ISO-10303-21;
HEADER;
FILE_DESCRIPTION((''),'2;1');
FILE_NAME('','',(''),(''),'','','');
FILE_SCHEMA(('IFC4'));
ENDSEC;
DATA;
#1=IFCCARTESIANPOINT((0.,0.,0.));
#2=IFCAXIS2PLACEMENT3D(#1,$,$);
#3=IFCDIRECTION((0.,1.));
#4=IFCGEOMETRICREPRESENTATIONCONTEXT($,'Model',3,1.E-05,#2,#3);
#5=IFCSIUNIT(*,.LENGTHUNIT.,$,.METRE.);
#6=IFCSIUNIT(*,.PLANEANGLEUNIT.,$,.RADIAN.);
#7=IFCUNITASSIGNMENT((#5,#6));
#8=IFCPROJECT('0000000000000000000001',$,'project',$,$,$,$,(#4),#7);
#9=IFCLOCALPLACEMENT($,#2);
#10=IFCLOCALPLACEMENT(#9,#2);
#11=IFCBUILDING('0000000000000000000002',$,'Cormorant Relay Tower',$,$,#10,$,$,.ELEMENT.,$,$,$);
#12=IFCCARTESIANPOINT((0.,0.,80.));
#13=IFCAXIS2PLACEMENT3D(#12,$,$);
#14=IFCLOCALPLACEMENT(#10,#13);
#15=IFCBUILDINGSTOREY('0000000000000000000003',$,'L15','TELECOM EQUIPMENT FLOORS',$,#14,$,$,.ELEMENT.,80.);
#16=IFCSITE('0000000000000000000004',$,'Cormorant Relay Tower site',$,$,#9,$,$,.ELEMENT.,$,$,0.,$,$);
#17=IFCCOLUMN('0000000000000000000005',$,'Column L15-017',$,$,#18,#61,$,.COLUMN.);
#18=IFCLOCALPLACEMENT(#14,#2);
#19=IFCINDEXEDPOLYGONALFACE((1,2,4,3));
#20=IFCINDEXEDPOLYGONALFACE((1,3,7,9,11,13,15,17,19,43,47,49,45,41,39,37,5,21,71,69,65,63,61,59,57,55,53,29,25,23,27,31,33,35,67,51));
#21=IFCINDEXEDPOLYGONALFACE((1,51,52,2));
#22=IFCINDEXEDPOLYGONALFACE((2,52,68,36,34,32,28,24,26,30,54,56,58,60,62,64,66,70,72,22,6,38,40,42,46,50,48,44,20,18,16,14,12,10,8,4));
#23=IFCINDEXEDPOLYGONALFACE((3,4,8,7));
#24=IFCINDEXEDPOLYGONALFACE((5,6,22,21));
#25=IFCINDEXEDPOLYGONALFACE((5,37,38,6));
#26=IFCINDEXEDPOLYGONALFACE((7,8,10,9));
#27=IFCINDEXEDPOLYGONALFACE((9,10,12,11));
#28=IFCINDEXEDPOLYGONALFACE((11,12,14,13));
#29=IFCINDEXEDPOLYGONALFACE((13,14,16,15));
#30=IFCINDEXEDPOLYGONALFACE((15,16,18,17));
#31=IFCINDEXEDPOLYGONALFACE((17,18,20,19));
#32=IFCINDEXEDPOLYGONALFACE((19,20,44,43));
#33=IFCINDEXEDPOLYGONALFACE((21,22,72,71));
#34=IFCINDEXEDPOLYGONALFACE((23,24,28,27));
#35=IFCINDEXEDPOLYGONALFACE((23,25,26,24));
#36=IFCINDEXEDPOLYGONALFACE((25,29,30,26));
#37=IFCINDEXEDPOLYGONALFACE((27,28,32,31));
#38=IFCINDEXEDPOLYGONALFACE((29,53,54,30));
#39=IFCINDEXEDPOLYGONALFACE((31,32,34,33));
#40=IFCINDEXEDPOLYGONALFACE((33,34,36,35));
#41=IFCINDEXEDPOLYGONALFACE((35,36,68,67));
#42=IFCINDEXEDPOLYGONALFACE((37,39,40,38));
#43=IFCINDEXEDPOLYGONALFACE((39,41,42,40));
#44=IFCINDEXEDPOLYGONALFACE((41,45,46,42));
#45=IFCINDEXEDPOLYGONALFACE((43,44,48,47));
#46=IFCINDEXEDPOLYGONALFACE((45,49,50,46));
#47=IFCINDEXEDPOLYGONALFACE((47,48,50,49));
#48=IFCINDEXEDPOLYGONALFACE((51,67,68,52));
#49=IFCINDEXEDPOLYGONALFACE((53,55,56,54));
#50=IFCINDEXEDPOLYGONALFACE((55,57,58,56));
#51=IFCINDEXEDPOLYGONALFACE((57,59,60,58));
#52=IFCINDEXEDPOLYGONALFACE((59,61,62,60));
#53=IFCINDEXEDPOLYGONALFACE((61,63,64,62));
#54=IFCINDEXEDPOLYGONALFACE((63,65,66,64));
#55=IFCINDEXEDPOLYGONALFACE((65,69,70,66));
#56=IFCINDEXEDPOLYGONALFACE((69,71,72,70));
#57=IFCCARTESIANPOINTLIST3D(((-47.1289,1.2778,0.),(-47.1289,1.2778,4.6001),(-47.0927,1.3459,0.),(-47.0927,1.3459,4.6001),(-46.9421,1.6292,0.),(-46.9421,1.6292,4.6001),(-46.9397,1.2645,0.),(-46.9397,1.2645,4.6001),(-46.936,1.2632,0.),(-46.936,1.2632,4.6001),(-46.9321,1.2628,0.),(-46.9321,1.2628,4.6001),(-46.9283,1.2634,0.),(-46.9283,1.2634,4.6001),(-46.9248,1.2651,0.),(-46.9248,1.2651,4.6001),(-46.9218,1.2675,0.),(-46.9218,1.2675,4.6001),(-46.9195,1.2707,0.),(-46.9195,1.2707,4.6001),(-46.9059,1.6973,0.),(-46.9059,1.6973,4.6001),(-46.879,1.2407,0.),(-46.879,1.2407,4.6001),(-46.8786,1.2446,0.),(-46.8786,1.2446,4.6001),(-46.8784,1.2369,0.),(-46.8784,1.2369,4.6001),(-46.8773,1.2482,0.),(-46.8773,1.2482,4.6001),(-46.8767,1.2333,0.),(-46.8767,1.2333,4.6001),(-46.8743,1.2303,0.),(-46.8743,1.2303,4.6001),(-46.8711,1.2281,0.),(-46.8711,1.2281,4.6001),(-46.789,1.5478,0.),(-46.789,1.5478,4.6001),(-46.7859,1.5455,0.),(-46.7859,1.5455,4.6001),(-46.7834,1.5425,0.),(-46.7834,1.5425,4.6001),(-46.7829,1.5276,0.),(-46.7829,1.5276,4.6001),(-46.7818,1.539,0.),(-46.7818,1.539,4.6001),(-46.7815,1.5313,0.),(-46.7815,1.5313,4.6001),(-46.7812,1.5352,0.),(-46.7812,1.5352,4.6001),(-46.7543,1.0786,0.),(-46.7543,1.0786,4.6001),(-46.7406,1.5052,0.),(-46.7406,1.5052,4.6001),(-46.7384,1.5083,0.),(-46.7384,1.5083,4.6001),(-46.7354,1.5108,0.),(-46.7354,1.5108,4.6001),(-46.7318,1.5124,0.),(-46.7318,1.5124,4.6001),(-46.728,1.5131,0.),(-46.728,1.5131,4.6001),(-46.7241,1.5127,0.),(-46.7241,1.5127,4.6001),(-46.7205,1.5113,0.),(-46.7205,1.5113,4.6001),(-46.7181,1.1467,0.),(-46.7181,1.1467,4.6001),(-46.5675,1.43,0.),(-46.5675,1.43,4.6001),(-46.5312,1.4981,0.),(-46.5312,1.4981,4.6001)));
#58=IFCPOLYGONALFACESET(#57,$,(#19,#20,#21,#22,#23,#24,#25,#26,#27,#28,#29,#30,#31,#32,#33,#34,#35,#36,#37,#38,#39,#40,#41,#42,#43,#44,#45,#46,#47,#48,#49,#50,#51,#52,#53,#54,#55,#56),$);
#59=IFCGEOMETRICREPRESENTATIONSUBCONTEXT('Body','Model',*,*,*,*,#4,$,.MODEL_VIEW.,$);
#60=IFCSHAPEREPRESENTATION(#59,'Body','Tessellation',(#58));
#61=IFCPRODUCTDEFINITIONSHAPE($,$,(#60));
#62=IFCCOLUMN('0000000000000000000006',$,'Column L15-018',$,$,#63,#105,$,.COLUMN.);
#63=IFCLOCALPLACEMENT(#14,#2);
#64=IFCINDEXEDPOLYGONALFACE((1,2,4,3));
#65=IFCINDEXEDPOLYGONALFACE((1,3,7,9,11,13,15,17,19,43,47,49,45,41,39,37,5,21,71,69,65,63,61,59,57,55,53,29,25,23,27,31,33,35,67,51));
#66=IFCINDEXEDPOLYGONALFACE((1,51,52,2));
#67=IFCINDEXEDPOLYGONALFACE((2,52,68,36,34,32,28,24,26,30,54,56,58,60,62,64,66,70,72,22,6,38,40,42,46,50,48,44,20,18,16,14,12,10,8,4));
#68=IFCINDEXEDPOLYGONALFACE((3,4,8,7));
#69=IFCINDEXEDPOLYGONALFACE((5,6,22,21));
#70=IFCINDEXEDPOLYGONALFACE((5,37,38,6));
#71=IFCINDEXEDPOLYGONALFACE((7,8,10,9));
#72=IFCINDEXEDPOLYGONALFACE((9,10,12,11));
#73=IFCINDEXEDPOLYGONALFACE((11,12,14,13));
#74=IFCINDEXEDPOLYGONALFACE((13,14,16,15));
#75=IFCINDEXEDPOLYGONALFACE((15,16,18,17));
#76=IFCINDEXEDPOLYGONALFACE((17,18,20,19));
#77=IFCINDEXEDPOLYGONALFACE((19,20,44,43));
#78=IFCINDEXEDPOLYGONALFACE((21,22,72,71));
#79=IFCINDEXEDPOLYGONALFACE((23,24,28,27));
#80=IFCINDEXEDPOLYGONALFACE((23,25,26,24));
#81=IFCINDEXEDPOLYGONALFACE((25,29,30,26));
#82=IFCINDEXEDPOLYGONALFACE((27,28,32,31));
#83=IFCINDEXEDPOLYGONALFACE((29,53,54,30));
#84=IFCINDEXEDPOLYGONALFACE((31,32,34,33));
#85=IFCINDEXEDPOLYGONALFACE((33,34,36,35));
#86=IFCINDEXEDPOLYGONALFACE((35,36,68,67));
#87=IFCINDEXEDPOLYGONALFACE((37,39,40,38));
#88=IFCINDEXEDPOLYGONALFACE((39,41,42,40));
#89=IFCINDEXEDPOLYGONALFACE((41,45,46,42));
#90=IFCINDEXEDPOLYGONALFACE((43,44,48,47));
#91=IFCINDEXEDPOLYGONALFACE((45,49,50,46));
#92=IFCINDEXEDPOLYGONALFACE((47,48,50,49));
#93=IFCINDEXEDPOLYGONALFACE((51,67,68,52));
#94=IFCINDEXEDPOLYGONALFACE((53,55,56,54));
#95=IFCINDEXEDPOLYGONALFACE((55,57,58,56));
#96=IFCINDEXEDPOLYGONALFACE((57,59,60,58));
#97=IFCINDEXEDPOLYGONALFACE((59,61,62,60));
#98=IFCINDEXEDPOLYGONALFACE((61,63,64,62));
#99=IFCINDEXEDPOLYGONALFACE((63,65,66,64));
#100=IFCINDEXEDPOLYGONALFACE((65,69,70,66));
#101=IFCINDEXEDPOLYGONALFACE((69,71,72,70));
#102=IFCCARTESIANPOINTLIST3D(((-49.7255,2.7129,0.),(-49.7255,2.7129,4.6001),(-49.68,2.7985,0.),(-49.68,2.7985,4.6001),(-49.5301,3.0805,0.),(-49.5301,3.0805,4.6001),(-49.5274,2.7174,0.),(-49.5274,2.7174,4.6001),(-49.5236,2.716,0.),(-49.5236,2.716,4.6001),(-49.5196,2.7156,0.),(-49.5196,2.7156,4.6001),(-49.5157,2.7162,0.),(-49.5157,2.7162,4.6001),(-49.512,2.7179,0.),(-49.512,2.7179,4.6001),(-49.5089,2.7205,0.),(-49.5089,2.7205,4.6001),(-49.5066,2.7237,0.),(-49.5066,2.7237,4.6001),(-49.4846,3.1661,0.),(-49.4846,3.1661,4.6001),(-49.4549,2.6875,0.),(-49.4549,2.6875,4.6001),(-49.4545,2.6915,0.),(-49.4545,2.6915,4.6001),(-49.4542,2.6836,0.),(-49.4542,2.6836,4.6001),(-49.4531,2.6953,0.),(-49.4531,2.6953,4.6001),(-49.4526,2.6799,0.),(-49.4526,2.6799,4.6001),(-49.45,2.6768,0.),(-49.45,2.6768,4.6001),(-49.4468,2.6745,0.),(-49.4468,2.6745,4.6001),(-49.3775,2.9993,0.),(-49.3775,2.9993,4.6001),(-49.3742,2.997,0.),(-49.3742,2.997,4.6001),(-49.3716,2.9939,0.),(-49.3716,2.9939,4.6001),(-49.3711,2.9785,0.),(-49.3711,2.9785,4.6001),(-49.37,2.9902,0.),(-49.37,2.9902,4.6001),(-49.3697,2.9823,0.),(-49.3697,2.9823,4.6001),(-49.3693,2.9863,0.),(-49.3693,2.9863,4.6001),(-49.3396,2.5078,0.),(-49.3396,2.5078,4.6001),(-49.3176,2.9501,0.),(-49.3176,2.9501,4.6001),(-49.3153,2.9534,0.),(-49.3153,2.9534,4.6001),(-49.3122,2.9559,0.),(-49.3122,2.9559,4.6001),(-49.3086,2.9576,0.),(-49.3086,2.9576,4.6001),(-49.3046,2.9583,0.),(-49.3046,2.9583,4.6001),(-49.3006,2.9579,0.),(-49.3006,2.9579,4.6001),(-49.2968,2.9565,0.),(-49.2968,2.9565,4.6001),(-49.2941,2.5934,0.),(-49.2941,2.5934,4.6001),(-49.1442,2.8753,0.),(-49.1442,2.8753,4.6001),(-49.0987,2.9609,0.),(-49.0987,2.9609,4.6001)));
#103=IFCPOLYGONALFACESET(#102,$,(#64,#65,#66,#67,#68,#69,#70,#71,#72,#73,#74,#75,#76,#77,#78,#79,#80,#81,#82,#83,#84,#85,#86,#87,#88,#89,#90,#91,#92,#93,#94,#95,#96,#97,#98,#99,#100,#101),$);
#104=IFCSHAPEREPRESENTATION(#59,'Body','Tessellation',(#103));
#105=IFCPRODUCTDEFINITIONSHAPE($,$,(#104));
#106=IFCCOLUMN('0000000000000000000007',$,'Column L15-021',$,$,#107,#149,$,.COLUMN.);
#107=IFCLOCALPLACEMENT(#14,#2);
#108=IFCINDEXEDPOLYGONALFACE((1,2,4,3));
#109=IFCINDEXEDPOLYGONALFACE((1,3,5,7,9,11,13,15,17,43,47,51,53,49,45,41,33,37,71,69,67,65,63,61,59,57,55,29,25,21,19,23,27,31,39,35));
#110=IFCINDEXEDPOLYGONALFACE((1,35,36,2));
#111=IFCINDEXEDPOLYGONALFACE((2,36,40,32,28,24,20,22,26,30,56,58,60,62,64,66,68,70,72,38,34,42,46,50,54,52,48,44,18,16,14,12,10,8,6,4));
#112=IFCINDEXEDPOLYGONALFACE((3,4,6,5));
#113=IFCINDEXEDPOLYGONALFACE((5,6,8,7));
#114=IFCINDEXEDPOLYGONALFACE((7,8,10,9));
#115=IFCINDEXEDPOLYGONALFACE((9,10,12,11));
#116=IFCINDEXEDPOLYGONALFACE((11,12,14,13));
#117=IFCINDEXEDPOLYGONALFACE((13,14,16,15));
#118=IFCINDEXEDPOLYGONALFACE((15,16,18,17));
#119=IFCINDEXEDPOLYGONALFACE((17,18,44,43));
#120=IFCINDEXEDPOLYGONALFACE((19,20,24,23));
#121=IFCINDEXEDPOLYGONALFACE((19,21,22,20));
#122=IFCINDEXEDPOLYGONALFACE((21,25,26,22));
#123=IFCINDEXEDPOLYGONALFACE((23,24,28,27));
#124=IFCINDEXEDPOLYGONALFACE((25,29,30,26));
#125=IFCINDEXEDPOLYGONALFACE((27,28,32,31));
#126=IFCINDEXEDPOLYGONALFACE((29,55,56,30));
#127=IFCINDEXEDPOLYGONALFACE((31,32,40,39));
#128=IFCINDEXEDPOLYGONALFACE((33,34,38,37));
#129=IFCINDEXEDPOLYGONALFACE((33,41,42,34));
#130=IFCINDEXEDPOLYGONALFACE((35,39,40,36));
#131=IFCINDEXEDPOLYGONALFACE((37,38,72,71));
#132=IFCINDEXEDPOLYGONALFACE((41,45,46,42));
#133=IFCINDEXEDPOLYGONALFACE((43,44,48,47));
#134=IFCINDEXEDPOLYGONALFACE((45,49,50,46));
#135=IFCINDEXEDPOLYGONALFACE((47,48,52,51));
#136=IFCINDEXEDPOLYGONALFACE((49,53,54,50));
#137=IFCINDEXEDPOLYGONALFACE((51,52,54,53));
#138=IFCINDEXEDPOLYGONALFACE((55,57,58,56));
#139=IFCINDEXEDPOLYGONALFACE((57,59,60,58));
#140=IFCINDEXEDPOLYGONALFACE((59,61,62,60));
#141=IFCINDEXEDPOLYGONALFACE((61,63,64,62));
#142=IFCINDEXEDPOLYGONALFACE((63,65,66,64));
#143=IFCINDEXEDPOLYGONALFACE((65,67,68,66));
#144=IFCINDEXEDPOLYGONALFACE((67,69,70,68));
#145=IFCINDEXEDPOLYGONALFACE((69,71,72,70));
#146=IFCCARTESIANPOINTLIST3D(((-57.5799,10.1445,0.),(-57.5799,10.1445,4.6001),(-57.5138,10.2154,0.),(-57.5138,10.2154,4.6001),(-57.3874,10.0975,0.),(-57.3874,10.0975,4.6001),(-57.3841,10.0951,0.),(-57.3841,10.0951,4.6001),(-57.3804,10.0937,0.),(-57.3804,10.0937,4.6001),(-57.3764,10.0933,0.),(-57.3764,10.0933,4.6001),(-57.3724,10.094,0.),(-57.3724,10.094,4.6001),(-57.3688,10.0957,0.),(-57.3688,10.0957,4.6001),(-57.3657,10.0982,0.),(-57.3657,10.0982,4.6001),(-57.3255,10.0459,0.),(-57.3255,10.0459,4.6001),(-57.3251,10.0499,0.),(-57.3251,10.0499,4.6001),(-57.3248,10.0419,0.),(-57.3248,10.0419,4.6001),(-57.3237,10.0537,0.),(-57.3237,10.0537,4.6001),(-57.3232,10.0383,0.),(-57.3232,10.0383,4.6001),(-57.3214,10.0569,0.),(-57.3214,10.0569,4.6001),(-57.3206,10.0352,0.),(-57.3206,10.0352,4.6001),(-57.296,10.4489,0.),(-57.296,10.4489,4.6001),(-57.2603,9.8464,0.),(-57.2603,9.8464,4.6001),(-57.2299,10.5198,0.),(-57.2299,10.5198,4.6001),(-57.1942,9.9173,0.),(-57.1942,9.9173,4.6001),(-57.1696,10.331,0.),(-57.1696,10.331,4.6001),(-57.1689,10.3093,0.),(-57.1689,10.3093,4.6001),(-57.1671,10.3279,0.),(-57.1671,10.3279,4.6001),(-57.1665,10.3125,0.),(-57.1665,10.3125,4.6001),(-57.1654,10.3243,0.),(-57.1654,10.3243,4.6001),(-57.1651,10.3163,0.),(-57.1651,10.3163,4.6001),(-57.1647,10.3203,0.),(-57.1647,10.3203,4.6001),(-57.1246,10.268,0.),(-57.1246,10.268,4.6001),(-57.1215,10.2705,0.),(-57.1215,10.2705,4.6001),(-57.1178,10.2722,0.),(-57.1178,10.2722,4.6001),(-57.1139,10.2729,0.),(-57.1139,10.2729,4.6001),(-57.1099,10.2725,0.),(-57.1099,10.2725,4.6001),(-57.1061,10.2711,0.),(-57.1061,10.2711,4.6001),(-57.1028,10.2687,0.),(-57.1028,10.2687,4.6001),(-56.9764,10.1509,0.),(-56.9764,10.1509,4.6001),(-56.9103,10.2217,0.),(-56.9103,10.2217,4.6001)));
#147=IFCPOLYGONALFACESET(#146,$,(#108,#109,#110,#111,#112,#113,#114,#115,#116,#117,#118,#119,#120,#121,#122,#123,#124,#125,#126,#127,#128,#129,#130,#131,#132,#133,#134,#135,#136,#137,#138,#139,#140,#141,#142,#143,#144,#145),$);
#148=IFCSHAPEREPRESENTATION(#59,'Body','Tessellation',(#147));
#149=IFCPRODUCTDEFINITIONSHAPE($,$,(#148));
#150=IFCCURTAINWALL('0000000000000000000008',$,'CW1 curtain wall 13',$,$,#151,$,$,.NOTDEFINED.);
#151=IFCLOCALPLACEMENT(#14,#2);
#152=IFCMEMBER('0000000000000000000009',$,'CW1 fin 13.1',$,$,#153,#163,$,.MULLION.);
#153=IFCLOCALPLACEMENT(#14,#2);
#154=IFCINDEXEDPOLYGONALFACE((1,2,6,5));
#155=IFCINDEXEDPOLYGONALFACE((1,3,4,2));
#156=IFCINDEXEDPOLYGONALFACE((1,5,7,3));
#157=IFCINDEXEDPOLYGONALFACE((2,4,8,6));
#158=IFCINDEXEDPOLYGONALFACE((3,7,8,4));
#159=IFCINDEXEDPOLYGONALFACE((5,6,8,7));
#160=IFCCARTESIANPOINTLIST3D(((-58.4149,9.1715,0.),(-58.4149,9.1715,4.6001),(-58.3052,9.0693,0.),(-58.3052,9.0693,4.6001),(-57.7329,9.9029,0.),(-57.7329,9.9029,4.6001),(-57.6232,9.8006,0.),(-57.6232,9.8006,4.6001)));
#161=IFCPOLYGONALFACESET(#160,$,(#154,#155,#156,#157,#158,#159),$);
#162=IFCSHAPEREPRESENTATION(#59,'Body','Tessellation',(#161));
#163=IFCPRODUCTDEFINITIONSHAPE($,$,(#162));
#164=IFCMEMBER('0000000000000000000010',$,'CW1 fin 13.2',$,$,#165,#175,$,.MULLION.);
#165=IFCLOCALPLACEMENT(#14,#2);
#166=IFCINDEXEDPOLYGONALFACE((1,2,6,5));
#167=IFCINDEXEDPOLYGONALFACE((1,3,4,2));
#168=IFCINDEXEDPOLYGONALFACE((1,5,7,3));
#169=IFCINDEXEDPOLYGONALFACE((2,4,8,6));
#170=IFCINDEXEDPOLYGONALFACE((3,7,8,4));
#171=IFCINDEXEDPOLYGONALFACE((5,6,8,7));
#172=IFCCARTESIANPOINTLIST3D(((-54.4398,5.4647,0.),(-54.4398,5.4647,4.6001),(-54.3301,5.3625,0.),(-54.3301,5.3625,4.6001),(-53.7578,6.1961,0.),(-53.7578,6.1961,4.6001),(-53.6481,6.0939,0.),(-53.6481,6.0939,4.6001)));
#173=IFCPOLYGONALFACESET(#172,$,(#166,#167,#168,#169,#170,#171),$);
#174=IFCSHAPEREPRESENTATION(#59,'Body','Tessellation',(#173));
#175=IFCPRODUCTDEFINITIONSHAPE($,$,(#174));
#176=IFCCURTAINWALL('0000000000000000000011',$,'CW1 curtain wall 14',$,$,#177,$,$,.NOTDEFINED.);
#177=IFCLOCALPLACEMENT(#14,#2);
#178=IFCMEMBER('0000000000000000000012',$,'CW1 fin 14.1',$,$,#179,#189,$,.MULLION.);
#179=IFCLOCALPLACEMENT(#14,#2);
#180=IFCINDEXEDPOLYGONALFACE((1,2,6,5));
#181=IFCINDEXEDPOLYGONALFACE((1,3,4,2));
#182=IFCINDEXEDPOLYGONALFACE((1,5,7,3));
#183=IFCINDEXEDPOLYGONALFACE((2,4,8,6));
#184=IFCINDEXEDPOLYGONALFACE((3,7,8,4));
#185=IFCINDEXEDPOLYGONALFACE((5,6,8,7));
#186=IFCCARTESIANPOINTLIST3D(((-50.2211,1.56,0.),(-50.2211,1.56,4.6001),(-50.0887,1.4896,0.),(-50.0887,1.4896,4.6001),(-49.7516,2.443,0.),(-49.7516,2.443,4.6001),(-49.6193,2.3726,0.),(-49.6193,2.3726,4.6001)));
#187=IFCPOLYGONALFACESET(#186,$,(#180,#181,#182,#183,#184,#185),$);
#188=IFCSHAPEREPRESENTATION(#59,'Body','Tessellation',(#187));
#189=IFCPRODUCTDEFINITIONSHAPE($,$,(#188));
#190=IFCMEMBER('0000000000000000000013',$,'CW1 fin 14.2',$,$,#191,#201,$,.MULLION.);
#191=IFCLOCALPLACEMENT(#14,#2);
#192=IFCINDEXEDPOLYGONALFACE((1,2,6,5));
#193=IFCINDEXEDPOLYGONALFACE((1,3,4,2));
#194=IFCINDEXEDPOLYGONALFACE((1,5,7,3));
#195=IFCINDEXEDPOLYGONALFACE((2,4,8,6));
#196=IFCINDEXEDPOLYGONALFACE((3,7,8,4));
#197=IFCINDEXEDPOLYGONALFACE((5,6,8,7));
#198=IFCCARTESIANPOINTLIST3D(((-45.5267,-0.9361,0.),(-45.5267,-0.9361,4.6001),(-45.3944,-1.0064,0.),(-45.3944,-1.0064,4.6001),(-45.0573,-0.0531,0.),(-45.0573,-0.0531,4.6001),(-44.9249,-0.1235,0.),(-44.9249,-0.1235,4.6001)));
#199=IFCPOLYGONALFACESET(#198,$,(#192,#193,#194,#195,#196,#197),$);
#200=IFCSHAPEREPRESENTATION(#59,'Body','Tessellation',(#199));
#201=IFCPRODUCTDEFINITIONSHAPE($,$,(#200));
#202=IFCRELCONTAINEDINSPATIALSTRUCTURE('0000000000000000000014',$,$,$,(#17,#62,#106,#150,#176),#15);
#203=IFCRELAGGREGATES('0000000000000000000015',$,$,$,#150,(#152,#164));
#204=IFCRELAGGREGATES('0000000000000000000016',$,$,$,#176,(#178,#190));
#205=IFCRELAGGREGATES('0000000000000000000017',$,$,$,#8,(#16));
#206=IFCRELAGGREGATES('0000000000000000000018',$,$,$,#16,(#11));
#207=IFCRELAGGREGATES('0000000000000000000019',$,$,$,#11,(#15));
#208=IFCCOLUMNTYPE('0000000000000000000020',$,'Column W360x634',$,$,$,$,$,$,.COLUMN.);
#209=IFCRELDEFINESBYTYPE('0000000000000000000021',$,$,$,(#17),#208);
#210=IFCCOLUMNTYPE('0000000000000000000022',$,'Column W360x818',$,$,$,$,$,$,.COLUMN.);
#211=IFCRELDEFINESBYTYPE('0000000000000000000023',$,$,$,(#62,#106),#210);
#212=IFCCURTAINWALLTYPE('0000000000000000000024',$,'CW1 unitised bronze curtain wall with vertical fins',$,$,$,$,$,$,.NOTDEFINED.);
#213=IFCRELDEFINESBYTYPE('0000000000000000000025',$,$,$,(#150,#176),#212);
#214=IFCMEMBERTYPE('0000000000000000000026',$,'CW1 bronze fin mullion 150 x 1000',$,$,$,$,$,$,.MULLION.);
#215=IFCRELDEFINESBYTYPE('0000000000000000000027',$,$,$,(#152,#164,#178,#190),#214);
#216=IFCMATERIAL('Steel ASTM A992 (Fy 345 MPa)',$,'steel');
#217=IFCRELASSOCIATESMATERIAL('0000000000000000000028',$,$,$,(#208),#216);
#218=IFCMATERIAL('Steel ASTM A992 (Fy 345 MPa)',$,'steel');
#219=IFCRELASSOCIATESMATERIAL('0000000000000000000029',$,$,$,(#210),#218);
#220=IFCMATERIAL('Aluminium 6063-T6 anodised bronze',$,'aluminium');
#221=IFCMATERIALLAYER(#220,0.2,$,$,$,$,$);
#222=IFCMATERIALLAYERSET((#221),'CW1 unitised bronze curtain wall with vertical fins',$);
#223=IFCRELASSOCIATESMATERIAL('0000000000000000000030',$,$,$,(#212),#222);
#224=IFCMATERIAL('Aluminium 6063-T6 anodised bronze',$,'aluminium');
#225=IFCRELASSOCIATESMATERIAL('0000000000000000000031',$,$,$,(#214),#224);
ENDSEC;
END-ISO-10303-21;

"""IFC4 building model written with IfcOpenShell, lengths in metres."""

from ifc_helpers import new_model, si_unit, direction, frame, origin, origin_2d, place, context, subcontext, project, spatial, rectangle, i_section, extrude, material, layer, layer_set, material_profile, profile_set, type_object, element, aggregate, save


model = new_model("IFC4")

# Units and contexts
model_context = context("Model", 3, precision=1e-05, world=origin(), true_north=direction((0.0, 1.0)))
body_context = subcontext(model_context, "Body", "Model", "MODEL_VIEW")
ifc_project = project(units=[si_unit("LENGTHUNIT", "METRE"), si_unit("PLANEANGLEUNIT", "RADIAN")], contexts=[model_context])

# Site, building, storey
site_placement = place(None, origin())
site = spatial("IfcSite", under=ifc_project, at=site_placement, Name="Cormorant Relay Tower site", CompositionType="ELEMENT", RefElevation=0.0)
building_placement = place(site_placement, origin())
building = spatial("IfcBuilding", under=site, at=building_placement, Name="Cormorant Relay Tower", CompositionType="ELEMENT")
storey_placement = place(building_placement, frame((0.0, 0.0, 80.0)))
storey = spatial("IfcBuildingStorey", under=building, at=storey_placement, Name="L15", Description="TELECOM EQUIPMENT FLOORS", CompositionType="ELEMENT", Elevation=80.0)

# Columns
ifc_material_1 = material(Name="Steel ASTM A992 (Fy 345 MPa)", Category="steel")
ifc_material_profile_1 = material_profile(ifc_material_1, i_section(OverallWidth=0.4243, OverallDepth=0.4751, WebThickness=0.0479, FlangeThickness=0.0771, FilletRadius=0.0149, at=origin_2d()), Name="W360x634")
ifc_profile_set_1 = profile_set([ifc_material_profile_1], Name="Steel ASTM A992 (Fy 345 MPa)")
column_type_1 = type_object("IfcColumnType", Name="Column W360x634", PredefinedType="COLUMN", material=ifc_profile_set_1)
column_placement = place(storey_placement, frame((-46.8301, 1.3879, 0.0), z_axis=(0.0, 0.0, 1.0), x_axis=(0.882948, -0.469472, 0.0)))
element("IfcColumn", 1, at=column_placement, inside=storey, type_object=column_type_1, Name="Column L15-017", PredefinedType="COLUMN", context=body_context, shape_type="SweptSolid", body=[
    extrude(i_section(OverallWidth=0.4243, OverallDepth=0.4751, WebThickness=0.0479, FlangeThickness=0.0771, FilletRadius=0.0149, at=origin_2d()), origin(), (0.0, 0.0, 1.0), 4.6001),
])
ifc_material_2 = material(Name="Steel ASTM A992 (Fy 345 MPa)", Category="steel")
ifc_material_profile_2 = material_profile(ifc_material_2, i_section(OverallWidth=0.437, OverallDepth=0.5132, WebThickness=0.0605, FlangeThickness=0.0969, FilletRadius=0.0154, at=origin_2d()), Name="W360x818")
ifc_profile_set_2 = profile_set([ifc_material_profile_2], Name="Steel ASTM A992 (Fy 345 MPa)")
column_type_2 = type_object("IfcColumnType", Name="Column W360x818", PredefinedType="COLUMN", material=ifc_profile_set_2)
for number, where, z_axis, x_axis, name in (
    (2, (-49.4121, 2.8369, 0.0), (0.0, 0.0, 1.0), (0.882948, -0.469472, 0.0), "Column L15-018"),
    (3, (-57.2451, 10.1831, 0.0), (0.0, 0.0, 1.0), (0.731354, -0.681998, 0.0), "Column L15-021"),
):
    element("IfcColumn", number, at=place(storey_placement, frame(where, z_axis=z_axis, x_axis=x_axis)), inside=storey, type_object=column_type_2, Name=name, PredefinedType="COLUMN", context=body_context, shape_type="SweptSolid", body=[
        extrude(i_section(OverallWidth=0.437, OverallDepth=0.5132, WebThickness=0.0605, FlangeThickness=0.0969, FilletRadius=0.0154, at=origin_2d()), origin(), (0.0, 0.0, 1.0), 4.6001),
    ])

# Curtain walls, members
ifc_material_3 = material(Name="Aluminium 6063-T6 anodised bronze", Category="aluminium")
ifc_layer_1 = layer(ifc_material_3, 0.2)
ifc_layer_set_1 = layer_set([ifc_layer_1], Name="CW1 unitised bronze curtain wall with vertical fins")
curtain_wall_type = type_object("IfcCurtainWallType", Name="CW1 unitised bronze curtain wall with vertical fins", PredefinedType="NOTDEFINED", material=ifc_layer_set_1)
curtain_wall_1_placement = place(storey_placement, origin())
curtain_wall_1 = element("IfcCurtainWall", 4, at=curtain_wall_1_placement, inside=storey, type_object=curtain_wall_type, Name="CW1 curtain wall 13", PredefinedType="NOTDEFINED")
ifc_material_4 = material(Name="Aluminium 6063-T6 anodised bronze", Category="aluminium")
ifc_material_profile_3 = material_profile(ifc_material_4, rectangle(XDim=0.1499, YDim=1.0, at=origin_2d()), Name="AL 150x1000")
ifc_profile_set_3 = profile_set([ifc_material_profile_3], Name="Aluminium 6063-T6 anodised bronze")
member_type_1 = type_object("IfcMemberType", Name="CW1 bronze fin mullion 150 x 1000", PredefinedType="MULLION", material=ifc_profile_set_3)
member_1_placement = place(storey_placement, frame((-58.019, 9.4861, 0.0), z_axis=(0.0, 0.0, 1.0), x_axis=(0.731354, -0.681998, 0.0)))
member_1 = element("IfcMember", 5, at=member_1_placement, type_object=member_type_1, Name="CW1 fin 13.1", PredefinedType="MULLION", context=body_context, shape_type="SweptSolid", body=[
    extrude(rectangle(XDim=0.1499, YDim=1.0, at=origin_2d()), origin(), (0.0, 0.0, 1.0), 4.6001),
])
member_2_placement = place(storey_placement, frame((-54.0439, 5.7793, 0.0), z_axis=(0.0, 0.0, 1.0), x_axis=(0.731354, -0.681998, 0.0)))
member_2 = element("IfcMember", 6, at=member_2_placement, type_object=member_type_1, Name="CW1 fin 13.2", PredefinedType="MULLION", context=body_context, shape_type="SweptSolid", body=[
    extrude(rectangle(XDim=0.1499, YDim=1.0, at=origin_2d()), origin(), (0.0, 0.0, 1.0), 4.6001),
])
curtain_wall_2_placement = place(storey_placement, origin())
curtain_wall_2 = element("IfcCurtainWall", 7, at=curtain_wall_2_placement, inside=storey, type_object=curtain_wall_type, Name="CW1 curtain wall 14", PredefinedType="NOTDEFINED")
member_3_placement = place(storey_placement, frame((-49.9202, 1.9663, 0.0), z_axis=(0.0, 0.0, 1.0), x_axis=(0.882948, -0.469472, 0.0)))
member_3 = element("IfcMember", 8, at=member_3_placement, type_object=member_type_1, Name="CW1 fin 14.1", PredefinedType="MULLION", context=body_context, shape_type="SweptSolid", body=[
    extrude(rectangle(XDim=0.1499, YDim=1.0, at=origin_2d()), origin(), (0.0, 0.0, 1.0), 4.6001),
])
member_4_placement = place(storey_placement, frame((-45.2258, -0.5298, 0.0), z_axis=(0.0, 0.0, 1.0), x_axis=(0.882948, -0.469472, 0.0)))
member_4 = element("IfcMember", 9, at=member_4_placement, type_object=member_type_1, Name="CW1 fin 14.2", PredefinedType="MULLION", context=body_context, shape_type="SweptSolid", body=[
    extrude(rectangle(XDim=0.1499, YDim=1.0, at=origin_2d()), origin(), (0.0, 0.0, 1.0), 4.6001),
])

aggregate(curtain_wall_1, [member_1, member_2])
aggregate(curtain_wall_2, [member_3, member_4])

save(model, "model.ifc")
